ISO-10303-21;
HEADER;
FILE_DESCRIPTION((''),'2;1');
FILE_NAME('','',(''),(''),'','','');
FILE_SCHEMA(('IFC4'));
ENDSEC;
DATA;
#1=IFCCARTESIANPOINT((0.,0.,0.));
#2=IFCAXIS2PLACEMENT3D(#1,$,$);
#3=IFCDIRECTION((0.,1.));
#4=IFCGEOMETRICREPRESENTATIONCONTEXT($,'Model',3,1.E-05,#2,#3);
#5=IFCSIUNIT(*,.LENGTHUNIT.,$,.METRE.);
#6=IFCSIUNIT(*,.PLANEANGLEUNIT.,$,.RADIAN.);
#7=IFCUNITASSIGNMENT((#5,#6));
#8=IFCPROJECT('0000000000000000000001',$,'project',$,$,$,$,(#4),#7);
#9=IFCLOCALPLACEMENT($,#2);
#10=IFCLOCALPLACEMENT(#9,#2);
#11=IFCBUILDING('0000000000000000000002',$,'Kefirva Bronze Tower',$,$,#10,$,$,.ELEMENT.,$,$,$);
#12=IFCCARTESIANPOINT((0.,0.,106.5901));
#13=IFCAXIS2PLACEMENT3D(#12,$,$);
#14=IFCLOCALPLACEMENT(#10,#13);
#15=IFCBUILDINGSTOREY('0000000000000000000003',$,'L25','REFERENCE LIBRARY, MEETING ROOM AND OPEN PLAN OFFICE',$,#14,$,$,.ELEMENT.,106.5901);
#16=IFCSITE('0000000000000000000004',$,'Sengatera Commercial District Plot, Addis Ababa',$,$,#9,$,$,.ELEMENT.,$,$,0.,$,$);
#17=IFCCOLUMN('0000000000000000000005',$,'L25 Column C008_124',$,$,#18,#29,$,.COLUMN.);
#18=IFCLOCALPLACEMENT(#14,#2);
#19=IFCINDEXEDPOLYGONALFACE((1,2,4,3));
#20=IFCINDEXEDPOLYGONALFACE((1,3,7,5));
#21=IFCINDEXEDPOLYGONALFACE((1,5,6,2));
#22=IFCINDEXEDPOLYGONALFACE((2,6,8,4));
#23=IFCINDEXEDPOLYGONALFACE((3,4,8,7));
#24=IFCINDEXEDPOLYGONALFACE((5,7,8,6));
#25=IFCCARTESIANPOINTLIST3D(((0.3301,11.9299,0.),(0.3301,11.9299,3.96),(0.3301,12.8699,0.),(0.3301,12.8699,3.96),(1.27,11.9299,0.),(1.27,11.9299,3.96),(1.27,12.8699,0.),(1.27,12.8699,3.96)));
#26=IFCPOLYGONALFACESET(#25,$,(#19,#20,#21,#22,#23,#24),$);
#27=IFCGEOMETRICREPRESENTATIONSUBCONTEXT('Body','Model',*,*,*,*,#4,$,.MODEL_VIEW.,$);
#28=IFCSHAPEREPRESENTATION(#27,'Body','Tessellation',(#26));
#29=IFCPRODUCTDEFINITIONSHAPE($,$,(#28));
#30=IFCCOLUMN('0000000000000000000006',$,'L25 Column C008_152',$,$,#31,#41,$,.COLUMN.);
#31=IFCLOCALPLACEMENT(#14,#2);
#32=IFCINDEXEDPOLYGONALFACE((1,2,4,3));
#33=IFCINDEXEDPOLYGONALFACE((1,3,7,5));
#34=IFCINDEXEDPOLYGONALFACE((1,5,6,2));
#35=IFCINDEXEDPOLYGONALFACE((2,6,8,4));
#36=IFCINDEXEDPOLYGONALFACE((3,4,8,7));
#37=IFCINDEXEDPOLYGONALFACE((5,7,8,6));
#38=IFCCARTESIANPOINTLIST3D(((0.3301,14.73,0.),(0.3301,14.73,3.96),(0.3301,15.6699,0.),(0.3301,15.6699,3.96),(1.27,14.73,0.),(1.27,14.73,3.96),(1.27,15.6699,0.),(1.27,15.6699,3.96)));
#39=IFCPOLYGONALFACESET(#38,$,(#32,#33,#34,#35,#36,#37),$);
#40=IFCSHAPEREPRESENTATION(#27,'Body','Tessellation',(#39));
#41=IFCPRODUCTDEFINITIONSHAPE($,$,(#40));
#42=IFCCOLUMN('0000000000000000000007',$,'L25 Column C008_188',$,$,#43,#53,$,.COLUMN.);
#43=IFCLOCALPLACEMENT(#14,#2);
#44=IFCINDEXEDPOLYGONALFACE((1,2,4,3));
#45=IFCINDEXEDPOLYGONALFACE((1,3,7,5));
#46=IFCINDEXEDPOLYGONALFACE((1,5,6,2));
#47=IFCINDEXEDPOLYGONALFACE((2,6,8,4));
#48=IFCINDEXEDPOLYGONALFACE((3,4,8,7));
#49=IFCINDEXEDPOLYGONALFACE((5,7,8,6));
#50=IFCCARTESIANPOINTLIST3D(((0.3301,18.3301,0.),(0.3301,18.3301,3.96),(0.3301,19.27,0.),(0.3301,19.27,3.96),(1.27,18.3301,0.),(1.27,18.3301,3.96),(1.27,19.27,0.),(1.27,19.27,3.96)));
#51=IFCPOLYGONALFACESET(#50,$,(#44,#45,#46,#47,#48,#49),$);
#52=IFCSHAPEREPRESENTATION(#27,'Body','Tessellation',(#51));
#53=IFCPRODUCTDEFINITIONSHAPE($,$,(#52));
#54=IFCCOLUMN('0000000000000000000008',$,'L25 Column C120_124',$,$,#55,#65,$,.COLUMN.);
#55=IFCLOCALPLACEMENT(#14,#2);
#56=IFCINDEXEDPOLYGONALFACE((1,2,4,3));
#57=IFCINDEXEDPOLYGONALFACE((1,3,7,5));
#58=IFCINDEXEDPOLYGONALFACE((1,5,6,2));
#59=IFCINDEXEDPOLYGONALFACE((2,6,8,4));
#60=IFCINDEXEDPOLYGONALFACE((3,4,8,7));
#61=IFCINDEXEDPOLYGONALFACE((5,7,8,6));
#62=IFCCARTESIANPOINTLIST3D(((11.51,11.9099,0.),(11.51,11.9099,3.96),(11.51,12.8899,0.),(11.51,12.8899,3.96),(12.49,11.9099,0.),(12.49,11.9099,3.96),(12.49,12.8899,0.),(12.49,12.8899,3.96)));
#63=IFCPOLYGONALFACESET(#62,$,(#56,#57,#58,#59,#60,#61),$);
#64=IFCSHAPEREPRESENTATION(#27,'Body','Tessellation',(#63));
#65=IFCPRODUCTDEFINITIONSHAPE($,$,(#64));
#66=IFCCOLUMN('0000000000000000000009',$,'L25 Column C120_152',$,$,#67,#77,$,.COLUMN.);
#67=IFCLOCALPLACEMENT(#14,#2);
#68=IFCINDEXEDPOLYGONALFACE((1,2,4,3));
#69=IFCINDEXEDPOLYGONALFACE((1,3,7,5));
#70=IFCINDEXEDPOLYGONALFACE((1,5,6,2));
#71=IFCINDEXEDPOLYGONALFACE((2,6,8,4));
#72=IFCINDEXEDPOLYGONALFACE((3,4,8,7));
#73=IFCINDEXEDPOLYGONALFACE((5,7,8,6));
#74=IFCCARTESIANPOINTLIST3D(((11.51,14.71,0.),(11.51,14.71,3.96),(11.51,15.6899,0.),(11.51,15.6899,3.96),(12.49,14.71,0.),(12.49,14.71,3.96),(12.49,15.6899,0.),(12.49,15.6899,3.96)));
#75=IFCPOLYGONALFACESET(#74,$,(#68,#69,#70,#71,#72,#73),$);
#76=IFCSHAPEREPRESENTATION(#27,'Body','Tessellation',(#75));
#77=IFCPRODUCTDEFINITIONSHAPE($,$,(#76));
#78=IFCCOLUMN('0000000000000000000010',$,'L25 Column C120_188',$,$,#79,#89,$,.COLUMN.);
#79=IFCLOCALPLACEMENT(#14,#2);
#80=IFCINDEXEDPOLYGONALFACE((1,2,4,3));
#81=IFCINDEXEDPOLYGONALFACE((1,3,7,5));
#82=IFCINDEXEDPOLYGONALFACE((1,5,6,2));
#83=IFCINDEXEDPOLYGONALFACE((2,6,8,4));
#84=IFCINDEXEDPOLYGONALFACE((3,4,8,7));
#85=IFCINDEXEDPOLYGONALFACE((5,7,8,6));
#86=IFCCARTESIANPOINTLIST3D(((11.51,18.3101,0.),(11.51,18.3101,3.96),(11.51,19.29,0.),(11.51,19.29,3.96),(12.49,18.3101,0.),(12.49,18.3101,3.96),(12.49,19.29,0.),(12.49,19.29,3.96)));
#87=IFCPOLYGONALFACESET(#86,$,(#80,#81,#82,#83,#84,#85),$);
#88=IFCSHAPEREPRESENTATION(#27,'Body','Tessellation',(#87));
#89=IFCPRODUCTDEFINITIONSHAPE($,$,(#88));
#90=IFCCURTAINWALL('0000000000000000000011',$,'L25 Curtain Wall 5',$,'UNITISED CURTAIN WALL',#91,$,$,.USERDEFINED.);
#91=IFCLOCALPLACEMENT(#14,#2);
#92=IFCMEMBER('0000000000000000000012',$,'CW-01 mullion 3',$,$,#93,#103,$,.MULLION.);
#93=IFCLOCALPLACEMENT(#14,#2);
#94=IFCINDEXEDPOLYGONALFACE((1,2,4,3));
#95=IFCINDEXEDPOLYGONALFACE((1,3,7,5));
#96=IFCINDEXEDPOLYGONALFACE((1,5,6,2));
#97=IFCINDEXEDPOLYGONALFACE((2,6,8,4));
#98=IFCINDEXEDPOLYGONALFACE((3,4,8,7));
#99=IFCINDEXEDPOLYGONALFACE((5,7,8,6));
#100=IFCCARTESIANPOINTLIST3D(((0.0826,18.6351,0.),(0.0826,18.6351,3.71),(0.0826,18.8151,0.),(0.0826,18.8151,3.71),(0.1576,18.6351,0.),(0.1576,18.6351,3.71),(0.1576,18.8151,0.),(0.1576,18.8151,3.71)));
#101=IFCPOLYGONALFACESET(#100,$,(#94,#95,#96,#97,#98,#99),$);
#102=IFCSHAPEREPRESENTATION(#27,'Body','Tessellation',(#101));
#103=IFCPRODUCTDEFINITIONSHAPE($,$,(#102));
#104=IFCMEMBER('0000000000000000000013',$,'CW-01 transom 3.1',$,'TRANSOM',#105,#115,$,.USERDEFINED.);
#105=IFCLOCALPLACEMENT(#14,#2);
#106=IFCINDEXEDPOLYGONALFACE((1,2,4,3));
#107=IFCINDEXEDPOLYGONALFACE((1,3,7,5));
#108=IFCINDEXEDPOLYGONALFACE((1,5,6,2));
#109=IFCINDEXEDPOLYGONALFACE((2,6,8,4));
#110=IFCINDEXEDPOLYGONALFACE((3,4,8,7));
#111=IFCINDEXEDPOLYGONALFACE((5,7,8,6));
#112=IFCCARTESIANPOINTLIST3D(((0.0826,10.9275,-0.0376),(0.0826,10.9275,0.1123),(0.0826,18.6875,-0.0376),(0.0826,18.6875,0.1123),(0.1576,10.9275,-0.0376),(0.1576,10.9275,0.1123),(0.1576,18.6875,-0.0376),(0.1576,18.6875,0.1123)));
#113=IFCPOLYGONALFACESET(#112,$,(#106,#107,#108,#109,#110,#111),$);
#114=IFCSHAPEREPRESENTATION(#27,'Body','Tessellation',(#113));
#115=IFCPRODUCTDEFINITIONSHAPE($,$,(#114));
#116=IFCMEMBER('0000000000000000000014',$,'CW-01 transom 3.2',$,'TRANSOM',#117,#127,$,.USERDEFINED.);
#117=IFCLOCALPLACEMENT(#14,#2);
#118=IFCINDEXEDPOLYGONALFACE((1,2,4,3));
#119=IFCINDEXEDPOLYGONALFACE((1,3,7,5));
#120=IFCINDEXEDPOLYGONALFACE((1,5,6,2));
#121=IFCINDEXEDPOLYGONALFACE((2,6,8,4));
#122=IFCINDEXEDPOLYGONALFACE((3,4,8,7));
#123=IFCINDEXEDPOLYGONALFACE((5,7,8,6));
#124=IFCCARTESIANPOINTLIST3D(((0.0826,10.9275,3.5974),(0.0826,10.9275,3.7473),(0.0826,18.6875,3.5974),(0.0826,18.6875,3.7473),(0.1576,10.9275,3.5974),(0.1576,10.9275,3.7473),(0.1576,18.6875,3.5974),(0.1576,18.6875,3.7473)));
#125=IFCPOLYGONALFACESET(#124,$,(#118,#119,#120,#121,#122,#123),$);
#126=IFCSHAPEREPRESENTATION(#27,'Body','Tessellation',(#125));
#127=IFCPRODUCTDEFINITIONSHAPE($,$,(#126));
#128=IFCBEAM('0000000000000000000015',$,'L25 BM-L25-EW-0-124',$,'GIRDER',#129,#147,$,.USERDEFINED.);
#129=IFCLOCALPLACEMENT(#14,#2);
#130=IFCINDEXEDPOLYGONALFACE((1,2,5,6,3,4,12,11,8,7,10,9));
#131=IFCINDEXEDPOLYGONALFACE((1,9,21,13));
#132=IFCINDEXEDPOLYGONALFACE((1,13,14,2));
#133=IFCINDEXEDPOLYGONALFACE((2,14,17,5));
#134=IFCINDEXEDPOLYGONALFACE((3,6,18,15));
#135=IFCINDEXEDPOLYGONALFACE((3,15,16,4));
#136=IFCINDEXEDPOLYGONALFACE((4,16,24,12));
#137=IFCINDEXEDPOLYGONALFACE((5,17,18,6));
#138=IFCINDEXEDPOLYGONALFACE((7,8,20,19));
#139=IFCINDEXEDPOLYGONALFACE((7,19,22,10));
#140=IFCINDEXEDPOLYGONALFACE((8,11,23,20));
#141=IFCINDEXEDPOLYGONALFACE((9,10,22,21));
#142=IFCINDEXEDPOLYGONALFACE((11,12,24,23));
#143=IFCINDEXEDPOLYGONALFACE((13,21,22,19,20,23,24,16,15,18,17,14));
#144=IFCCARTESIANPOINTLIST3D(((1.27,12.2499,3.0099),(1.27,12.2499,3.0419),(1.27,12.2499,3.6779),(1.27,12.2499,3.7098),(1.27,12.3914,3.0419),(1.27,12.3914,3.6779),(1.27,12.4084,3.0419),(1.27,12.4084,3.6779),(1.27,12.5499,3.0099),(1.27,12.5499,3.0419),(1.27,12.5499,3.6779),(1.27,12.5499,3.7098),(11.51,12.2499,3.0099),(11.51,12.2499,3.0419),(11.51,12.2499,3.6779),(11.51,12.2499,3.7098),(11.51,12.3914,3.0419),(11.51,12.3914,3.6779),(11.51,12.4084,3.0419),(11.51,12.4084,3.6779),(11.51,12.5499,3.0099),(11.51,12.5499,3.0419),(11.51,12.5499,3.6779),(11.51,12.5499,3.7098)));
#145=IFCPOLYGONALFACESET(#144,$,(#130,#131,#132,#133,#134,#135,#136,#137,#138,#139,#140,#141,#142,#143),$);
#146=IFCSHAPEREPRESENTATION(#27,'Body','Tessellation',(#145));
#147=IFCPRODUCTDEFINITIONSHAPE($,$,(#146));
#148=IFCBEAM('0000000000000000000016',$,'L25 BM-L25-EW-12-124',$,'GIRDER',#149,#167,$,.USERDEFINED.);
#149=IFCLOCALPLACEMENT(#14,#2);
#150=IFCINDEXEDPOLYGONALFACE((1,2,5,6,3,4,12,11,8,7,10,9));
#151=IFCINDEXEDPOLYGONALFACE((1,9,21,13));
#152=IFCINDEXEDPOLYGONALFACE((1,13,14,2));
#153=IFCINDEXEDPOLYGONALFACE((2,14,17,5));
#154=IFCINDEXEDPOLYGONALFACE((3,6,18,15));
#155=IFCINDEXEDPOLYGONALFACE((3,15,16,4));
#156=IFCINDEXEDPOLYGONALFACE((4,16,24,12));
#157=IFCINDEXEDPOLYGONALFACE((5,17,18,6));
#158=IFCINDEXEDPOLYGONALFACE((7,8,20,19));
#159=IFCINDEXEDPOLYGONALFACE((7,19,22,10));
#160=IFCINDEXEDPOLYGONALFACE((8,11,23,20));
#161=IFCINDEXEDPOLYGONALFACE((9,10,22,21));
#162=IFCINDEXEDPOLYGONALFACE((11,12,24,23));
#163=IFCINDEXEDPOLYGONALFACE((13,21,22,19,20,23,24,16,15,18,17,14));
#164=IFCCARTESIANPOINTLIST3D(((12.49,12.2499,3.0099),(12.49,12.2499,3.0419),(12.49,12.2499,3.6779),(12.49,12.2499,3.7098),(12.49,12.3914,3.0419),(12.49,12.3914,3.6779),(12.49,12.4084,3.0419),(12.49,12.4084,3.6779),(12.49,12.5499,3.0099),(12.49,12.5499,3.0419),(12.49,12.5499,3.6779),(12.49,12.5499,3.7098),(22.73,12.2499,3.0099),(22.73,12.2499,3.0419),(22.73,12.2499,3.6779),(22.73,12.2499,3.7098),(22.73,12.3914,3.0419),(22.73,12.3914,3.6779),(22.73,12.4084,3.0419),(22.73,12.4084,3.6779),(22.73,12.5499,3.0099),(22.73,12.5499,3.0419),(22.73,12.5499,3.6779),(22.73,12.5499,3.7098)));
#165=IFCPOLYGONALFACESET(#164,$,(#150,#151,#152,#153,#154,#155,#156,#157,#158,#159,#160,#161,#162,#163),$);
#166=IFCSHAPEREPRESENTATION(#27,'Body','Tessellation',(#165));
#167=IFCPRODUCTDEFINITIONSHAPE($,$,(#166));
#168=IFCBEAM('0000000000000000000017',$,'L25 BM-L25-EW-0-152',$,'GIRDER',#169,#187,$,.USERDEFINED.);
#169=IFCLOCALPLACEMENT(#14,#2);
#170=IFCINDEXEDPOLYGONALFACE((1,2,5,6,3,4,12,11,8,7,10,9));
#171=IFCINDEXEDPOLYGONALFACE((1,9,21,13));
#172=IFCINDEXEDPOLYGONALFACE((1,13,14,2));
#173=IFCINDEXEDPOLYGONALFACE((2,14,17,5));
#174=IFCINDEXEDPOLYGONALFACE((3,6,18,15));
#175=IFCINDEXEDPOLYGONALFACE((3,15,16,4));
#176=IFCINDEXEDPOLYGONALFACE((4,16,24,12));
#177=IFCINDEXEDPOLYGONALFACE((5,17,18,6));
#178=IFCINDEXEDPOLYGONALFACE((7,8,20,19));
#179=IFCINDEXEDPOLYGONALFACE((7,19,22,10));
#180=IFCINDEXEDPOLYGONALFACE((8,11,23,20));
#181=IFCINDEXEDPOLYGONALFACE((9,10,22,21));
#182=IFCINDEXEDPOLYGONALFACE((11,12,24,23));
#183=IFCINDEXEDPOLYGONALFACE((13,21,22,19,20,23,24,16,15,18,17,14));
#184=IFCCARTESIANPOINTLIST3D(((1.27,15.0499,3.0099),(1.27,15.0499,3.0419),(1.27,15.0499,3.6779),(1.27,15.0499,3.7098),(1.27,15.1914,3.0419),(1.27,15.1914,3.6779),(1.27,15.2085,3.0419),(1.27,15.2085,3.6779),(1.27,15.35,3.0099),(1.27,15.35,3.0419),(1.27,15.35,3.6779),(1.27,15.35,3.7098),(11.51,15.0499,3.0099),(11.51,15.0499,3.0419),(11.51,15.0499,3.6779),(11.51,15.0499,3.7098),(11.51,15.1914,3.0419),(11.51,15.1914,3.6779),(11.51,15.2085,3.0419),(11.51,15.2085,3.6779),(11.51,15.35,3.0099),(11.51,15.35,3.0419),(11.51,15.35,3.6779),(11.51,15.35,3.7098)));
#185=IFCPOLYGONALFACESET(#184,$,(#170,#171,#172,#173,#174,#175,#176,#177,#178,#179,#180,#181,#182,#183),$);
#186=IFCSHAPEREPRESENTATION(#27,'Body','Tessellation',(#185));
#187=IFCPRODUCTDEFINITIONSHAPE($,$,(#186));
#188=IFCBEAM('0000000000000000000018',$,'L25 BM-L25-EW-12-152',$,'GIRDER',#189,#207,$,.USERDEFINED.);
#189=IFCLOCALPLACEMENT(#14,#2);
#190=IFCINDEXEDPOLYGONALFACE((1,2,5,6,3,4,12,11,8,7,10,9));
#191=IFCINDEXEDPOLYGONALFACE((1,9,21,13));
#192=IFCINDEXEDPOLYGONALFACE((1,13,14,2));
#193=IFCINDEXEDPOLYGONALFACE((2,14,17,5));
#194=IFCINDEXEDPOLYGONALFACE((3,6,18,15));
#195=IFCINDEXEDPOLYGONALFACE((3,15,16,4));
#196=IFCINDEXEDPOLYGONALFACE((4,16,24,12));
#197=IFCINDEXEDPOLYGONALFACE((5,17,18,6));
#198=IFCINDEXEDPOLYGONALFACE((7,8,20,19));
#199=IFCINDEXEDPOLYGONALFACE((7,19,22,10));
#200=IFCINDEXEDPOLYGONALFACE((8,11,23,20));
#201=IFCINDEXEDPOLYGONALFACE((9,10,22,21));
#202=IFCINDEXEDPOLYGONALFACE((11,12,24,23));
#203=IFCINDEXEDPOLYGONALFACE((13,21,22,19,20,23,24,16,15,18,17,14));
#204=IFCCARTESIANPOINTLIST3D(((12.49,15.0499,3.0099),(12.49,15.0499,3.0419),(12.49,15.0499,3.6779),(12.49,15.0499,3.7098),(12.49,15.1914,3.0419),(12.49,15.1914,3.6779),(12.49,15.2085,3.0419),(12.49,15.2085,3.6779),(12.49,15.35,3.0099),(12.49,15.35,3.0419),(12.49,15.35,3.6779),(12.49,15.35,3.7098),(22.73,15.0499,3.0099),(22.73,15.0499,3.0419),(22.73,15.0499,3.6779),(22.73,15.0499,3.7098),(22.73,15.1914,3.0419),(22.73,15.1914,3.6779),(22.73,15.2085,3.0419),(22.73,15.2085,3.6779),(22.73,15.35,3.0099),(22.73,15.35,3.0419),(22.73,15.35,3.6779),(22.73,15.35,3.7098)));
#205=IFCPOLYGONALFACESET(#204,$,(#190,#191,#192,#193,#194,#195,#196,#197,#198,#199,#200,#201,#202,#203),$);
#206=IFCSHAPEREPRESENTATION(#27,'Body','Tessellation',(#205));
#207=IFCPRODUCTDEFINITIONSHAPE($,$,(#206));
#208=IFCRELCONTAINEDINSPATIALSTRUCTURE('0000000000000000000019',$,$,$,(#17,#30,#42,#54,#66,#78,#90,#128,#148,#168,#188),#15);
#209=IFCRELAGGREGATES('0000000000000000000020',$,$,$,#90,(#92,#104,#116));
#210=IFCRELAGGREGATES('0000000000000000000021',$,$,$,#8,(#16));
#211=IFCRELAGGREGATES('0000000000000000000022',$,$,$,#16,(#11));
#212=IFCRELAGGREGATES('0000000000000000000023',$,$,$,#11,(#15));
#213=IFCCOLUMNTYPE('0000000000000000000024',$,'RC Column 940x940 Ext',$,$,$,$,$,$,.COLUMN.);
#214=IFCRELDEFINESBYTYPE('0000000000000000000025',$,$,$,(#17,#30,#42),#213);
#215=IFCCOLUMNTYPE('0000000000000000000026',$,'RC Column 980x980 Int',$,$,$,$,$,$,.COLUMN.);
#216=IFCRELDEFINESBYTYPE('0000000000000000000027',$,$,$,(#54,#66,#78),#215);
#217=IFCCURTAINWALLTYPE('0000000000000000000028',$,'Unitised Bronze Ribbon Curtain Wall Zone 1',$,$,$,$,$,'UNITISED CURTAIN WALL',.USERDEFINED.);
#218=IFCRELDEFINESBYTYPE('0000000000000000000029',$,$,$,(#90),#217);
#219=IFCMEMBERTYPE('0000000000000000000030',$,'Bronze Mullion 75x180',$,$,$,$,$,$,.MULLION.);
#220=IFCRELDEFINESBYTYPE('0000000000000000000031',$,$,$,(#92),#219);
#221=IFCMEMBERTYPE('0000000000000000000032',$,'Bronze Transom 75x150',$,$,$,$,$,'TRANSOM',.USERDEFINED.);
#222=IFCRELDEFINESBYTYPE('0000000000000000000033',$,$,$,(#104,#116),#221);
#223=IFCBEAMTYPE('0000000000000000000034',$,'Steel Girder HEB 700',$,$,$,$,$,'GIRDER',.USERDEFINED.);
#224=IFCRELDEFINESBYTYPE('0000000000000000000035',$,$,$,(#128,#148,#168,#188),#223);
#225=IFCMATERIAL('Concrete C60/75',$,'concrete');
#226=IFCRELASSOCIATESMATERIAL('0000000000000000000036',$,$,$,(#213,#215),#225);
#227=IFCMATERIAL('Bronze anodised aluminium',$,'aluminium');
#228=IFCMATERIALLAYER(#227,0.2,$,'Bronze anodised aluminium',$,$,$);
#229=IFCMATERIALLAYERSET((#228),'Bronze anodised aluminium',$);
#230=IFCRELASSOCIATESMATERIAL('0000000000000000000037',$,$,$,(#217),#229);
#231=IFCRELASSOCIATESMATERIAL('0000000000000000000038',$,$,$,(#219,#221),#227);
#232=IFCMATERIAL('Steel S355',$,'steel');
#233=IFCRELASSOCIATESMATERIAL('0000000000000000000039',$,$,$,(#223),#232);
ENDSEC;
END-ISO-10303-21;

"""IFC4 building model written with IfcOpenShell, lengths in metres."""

from ifc_helpers import new_model, si_unit, direction, frame, origin, origin_2d, place, context, subcontext, project, spatial, rectangle, i_section, extrude, material, layer, layer_set, material_profile, profile_set, type_object, element, aggregate, save


model = new_model("IFC4")

# Units and contexts
model_context = context("Model", 3, precision=1e-05, world=origin(), true_north=direction((0.0, 1.0)))
body_context = subcontext(model_context, "Body", "Model", "MODEL_VIEW")
ifc_project = project(units=[si_unit("LENGTHUNIT", "METRE"), si_unit("PLANEANGLEUNIT", "RADIAN")], contexts=[model_context])

# Site, building, storey
site_placement = place(None, origin())
site = spatial("IfcSite", under=ifc_project, at=site_placement, Name="Sengatera Commercial District Plot, Addis Ababa", CompositionType="ELEMENT", RefElevation=0.0)
building_placement = place(site_placement, origin())
building = spatial("IfcBuilding", under=site, at=building_placement, Name="Kefirva Bronze Tower", CompositionType="ELEMENT")
storey_placement = place(building_placement, frame((0.0, 0.0, 106.5901)))
storey = spatial("IfcBuildingStorey", under=building, at=storey_placement, Name="L25", Description="REFERENCE LIBRARY, MEETING ROOM AND OPEN PLAN OFFICE", CompositionType="ELEMENT", Elevation=106.5901)

# Columns
ifc_material_1 = material(Name="Concrete C60/75", Category="concrete")
ifc_material_profile_1 = material_profile(ifc_material_1, rectangle(XDim=0.9399, YDim=0.9399, at=origin_2d()), Name="RC 940x940")
ifc_profile_set_1 = profile_set([ifc_material_profile_1], Name="Concrete C60/75")
column_type_1 = type_object("IfcColumnType", Name="RC Column 940x940 Ext", PredefinedType="COLUMN", material=ifc_profile_set_1)
for number, where, z_axis, x_axis, name in (
    (1, (0.8, 12.3999, 0.0), (0.0, 0.0, 1.0), (1.0, 0.0, 0.0), "L25 Column C008_124"),
    (2, (0.8, 15.2, 0.0), (0.0, 0.0, 1.0), (1.0, 0.0, 0.0), "L25 Column C008_152"),
    (3, (0.8, 18.8, 0.0), (0.0, 0.0, 1.0), (1.0, 0.0, 0.0), "L25 Column C008_188"),
):
    element("IfcColumn", number, at=place(storey_placement, frame(where, z_axis=z_axis, x_axis=x_axis)), inside=storey, type_object=column_type_1, Name=name, PredefinedType="COLUMN", context=body_context, shape_type="SweptSolid", body=[
        extrude(rectangle(XDim=0.9399, YDim=0.9399, at=origin_2d()), origin(), (0.0, 0.0, 1.0), 3.96),
    ])
ifc_material_profile_2 = material_profile(ifc_material_1, rectangle(XDim=0.98, YDim=0.98, at=origin_2d()), Name="RC 980x980")
ifc_profile_set_2 = profile_set([ifc_material_profile_2], Name="Concrete C60/75")
column_type_2 = type_object("IfcColumnType", Name="RC Column 980x980 Int", PredefinedType="COLUMN", material=ifc_profile_set_2)
for number, where, z_axis, x_axis, name in (
    (4, (12.0, 12.3999, 0.0), (0.0, 0.0, 1.0), (1.0, 0.0, 0.0), "L25 Column C120_124"),
    (5, (12.0, 15.2, 0.0), (0.0, 0.0, 1.0), (1.0, 0.0, 0.0), "L25 Column C120_152"),
    (6, (12.0, 18.8, 0.0), (0.0, 0.0, 1.0), (1.0, 0.0, 0.0), "L25 Column C120_188"),
):
    element("IfcColumn", number, at=place(storey_placement, frame(where, z_axis=z_axis, x_axis=x_axis)), inside=storey, type_object=column_type_2, Name=name, PredefinedType="COLUMN", context=body_context, shape_type="SweptSolid", body=[
        extrude(rectangle(XDim=0.98, YDim=0.98, at=origin_2d()), origin(), (0.0, 0.0, 1.0), 3.96),
    ])

# Curtain wall, members
ifc_material_2 = material(Name="Bronze anodised aluminium", Category="aluminium")
ifc_layer_1 = layer(ifc_material_2, 0.2, Name="Bronze anodised aluminium")
ifc_layer_set_1 = layer_set([ifc_layer_1], Name="Bronze anodised aluminium")
curtain_wall_type = type_object("IfcCurtainWallType", Name="Unitised Bronze Ribbon Curtain Wall Zone 1", ElementType="UNITISED CURTAIN WALL", PredefinedType="USERDEFINED", material=ifc_layer_set_1)
curtain_wall_placement = place(storey_placement, origin())
curtain_wall = element("IfcCurtainWall", 7, at=curtain_wall_placement, inside=storey, type_object=curtain_wall_type, Name="L25 Curtain Wall 5", ObjectType="UNITISED CURTAIN WALL", PredefinedType="USERDEFINED")
ifc_material_profile_3 = material_profile(ifc_material_2, rectangle(XDim=0.075, YDim=0.1799, at=origin_2d()), Name="ALU 75x180")
ifc_profile_set_3 = profile_set([ifc_material_profile_3], Name="Bronze anodised aluminium")
member_type_1 = type_object("IfcMemberType", Name="Bronze Mullion 75x180", PredefinedType="MULLION", material=ifc_profile_set_3)
member_1_placement = place(storey_placement, frame((0.1201, 18.7251, 0.0), z_axis=(0.0, 0.0, 1.0), x_axis=(1.0, 0.0, 0.0)))
member_1 = element("IfcMember", 8, at=member_1_placement, type_object=member_type_1, Name="CW-01 mullion 3", PredefinedType="MULLION", context=body_context, shape_type="SweptSolid", body=[
    extrude(rectangle(XDim=0.075, YDim=0.1799, at=origin_2d()), origin(), (0.0, 0.0, 1.0), 3.71),
])
ifc_material_profile_4 = material_profile(ifc_material_2, rectangle(XDim=0.075, YDim=0.1499, at=origin_2d()), Name="ALU 75x150")
ifc_profile_set_4 = profile_set([ifc_material_profile_4], Name="Bronze anodised aluminium")
member_type_2 = type_object("IfcMemberType", Name="Bronze Transom 75x150", ElementType="TRANSOM", PredefinedType="USERDEFINED", material=ifc_profile_set_4)
member_2_placement = place(storey_placement, frame((0.1201, 18.6875, 0.0374), z_axis=(0.0, -1.0, 0.0), x_axis=(1.0, 0.0, 0.0)))
member_2 = element("IfcMember", 9, at=member_2_placement, type_object=member_type_2, Name="CW-01 transom 3.1", ObjectType="TRANSOM", PredefinedType="USERDEFINED", context=body_context, shape_type="SweptSolid", body=[
    extrude(rectangle(XDim=0.075, YDim=0.1499, at=origin_2d()), origin(), (0.0, 0.0, 1.0), 7.76),
])
member_3_placement = place(storey_placement, frame((0.1201, 18.6875, 3.6724), z_axis=(0.0, -1.0, 0.0), x_axis=(1.0, 0.0, 0.0)))
member_3 = element("IfcMember", 10, at=member_3_placement, type_object=member_type_2, Name="CW-01 transom 3.2", ObjectType="TRANSOM", PredefinedType="USERDEFINED", context=body_context, shape_type="SweptSolid", body=[
    extrude(rectangle(XDim=0.075, YDim=0.1499, at=origin_2d()), origin(), (0.0, 0.0, 1.0), 7.76),
])

# Beams
ifc_material_3 = material(Name="Steel S355", Category="steel")
ifc_material_profile_5 = material_profile(ifc_material_3, i_section(OverallWidth=0.3, OverallDepth=0.7, WebThickness=0.0171, FlangeThickness=0.032, at=origin_2d()), Name="HEB 700")
ifc_profile_set_5 = profile_set([ifc_material_profile_5], Name="Steel S355")
beam_type_1 = type_object("IfcBeamType", Name="Steel Girder HEB 700", ElementType="GIRDER", PredefinedType="USERDEFINED", material=ifc_profile_set_5)
for number, where, z_axis, x_axis, name in (
    (11, (1.27, 12.3999, 3.3599), (1.0, 0.0, 0.0), (0.0, 1.0, 0.0), "L25 BM-L25-EW-0-124"),
    (12, (12.49, 12.3999, 3.3599), (1.0, 0.0, 0.0), (0.0, 1.0, 0.0), "L25 BM-L25-EW-12-124"),
    (13, (1.27, 15.2, 3.3599), (1.0, 0.0, 0.0), (0.0, 1.0, 0.0), "L25 BM-L25-EW-0-152"),
    (14, (12.49, 15.2, 3.3599), (1.0, 0.0, 0.0), (0.0, 1.0, 0.0), "L25 BM-L25-EW-12-152"),
):
    element("IfcBeam", number, at=place(storey_placement, frame(where, z_axis=z_axis, x_axis=x_axis)), inside=storey, type_object=beam_type_1, Name=name, ObjectType="GIRDER", PredefinedType="USERDEFINED", context=body_context, shape_type="SweptSolid", body=[
        extrude(i_section(OverallWidth=0.3, OverallDepth=0.7, WebThickness=0.0171, FlangeThickness=0.032, at=origin_2d()), origin(), (0.0, 0.0, 1.0), 10.24),
    ])

aggregate(curtain_wall, [member_1, member_2, member_3])

save(model, "model.ifc")
